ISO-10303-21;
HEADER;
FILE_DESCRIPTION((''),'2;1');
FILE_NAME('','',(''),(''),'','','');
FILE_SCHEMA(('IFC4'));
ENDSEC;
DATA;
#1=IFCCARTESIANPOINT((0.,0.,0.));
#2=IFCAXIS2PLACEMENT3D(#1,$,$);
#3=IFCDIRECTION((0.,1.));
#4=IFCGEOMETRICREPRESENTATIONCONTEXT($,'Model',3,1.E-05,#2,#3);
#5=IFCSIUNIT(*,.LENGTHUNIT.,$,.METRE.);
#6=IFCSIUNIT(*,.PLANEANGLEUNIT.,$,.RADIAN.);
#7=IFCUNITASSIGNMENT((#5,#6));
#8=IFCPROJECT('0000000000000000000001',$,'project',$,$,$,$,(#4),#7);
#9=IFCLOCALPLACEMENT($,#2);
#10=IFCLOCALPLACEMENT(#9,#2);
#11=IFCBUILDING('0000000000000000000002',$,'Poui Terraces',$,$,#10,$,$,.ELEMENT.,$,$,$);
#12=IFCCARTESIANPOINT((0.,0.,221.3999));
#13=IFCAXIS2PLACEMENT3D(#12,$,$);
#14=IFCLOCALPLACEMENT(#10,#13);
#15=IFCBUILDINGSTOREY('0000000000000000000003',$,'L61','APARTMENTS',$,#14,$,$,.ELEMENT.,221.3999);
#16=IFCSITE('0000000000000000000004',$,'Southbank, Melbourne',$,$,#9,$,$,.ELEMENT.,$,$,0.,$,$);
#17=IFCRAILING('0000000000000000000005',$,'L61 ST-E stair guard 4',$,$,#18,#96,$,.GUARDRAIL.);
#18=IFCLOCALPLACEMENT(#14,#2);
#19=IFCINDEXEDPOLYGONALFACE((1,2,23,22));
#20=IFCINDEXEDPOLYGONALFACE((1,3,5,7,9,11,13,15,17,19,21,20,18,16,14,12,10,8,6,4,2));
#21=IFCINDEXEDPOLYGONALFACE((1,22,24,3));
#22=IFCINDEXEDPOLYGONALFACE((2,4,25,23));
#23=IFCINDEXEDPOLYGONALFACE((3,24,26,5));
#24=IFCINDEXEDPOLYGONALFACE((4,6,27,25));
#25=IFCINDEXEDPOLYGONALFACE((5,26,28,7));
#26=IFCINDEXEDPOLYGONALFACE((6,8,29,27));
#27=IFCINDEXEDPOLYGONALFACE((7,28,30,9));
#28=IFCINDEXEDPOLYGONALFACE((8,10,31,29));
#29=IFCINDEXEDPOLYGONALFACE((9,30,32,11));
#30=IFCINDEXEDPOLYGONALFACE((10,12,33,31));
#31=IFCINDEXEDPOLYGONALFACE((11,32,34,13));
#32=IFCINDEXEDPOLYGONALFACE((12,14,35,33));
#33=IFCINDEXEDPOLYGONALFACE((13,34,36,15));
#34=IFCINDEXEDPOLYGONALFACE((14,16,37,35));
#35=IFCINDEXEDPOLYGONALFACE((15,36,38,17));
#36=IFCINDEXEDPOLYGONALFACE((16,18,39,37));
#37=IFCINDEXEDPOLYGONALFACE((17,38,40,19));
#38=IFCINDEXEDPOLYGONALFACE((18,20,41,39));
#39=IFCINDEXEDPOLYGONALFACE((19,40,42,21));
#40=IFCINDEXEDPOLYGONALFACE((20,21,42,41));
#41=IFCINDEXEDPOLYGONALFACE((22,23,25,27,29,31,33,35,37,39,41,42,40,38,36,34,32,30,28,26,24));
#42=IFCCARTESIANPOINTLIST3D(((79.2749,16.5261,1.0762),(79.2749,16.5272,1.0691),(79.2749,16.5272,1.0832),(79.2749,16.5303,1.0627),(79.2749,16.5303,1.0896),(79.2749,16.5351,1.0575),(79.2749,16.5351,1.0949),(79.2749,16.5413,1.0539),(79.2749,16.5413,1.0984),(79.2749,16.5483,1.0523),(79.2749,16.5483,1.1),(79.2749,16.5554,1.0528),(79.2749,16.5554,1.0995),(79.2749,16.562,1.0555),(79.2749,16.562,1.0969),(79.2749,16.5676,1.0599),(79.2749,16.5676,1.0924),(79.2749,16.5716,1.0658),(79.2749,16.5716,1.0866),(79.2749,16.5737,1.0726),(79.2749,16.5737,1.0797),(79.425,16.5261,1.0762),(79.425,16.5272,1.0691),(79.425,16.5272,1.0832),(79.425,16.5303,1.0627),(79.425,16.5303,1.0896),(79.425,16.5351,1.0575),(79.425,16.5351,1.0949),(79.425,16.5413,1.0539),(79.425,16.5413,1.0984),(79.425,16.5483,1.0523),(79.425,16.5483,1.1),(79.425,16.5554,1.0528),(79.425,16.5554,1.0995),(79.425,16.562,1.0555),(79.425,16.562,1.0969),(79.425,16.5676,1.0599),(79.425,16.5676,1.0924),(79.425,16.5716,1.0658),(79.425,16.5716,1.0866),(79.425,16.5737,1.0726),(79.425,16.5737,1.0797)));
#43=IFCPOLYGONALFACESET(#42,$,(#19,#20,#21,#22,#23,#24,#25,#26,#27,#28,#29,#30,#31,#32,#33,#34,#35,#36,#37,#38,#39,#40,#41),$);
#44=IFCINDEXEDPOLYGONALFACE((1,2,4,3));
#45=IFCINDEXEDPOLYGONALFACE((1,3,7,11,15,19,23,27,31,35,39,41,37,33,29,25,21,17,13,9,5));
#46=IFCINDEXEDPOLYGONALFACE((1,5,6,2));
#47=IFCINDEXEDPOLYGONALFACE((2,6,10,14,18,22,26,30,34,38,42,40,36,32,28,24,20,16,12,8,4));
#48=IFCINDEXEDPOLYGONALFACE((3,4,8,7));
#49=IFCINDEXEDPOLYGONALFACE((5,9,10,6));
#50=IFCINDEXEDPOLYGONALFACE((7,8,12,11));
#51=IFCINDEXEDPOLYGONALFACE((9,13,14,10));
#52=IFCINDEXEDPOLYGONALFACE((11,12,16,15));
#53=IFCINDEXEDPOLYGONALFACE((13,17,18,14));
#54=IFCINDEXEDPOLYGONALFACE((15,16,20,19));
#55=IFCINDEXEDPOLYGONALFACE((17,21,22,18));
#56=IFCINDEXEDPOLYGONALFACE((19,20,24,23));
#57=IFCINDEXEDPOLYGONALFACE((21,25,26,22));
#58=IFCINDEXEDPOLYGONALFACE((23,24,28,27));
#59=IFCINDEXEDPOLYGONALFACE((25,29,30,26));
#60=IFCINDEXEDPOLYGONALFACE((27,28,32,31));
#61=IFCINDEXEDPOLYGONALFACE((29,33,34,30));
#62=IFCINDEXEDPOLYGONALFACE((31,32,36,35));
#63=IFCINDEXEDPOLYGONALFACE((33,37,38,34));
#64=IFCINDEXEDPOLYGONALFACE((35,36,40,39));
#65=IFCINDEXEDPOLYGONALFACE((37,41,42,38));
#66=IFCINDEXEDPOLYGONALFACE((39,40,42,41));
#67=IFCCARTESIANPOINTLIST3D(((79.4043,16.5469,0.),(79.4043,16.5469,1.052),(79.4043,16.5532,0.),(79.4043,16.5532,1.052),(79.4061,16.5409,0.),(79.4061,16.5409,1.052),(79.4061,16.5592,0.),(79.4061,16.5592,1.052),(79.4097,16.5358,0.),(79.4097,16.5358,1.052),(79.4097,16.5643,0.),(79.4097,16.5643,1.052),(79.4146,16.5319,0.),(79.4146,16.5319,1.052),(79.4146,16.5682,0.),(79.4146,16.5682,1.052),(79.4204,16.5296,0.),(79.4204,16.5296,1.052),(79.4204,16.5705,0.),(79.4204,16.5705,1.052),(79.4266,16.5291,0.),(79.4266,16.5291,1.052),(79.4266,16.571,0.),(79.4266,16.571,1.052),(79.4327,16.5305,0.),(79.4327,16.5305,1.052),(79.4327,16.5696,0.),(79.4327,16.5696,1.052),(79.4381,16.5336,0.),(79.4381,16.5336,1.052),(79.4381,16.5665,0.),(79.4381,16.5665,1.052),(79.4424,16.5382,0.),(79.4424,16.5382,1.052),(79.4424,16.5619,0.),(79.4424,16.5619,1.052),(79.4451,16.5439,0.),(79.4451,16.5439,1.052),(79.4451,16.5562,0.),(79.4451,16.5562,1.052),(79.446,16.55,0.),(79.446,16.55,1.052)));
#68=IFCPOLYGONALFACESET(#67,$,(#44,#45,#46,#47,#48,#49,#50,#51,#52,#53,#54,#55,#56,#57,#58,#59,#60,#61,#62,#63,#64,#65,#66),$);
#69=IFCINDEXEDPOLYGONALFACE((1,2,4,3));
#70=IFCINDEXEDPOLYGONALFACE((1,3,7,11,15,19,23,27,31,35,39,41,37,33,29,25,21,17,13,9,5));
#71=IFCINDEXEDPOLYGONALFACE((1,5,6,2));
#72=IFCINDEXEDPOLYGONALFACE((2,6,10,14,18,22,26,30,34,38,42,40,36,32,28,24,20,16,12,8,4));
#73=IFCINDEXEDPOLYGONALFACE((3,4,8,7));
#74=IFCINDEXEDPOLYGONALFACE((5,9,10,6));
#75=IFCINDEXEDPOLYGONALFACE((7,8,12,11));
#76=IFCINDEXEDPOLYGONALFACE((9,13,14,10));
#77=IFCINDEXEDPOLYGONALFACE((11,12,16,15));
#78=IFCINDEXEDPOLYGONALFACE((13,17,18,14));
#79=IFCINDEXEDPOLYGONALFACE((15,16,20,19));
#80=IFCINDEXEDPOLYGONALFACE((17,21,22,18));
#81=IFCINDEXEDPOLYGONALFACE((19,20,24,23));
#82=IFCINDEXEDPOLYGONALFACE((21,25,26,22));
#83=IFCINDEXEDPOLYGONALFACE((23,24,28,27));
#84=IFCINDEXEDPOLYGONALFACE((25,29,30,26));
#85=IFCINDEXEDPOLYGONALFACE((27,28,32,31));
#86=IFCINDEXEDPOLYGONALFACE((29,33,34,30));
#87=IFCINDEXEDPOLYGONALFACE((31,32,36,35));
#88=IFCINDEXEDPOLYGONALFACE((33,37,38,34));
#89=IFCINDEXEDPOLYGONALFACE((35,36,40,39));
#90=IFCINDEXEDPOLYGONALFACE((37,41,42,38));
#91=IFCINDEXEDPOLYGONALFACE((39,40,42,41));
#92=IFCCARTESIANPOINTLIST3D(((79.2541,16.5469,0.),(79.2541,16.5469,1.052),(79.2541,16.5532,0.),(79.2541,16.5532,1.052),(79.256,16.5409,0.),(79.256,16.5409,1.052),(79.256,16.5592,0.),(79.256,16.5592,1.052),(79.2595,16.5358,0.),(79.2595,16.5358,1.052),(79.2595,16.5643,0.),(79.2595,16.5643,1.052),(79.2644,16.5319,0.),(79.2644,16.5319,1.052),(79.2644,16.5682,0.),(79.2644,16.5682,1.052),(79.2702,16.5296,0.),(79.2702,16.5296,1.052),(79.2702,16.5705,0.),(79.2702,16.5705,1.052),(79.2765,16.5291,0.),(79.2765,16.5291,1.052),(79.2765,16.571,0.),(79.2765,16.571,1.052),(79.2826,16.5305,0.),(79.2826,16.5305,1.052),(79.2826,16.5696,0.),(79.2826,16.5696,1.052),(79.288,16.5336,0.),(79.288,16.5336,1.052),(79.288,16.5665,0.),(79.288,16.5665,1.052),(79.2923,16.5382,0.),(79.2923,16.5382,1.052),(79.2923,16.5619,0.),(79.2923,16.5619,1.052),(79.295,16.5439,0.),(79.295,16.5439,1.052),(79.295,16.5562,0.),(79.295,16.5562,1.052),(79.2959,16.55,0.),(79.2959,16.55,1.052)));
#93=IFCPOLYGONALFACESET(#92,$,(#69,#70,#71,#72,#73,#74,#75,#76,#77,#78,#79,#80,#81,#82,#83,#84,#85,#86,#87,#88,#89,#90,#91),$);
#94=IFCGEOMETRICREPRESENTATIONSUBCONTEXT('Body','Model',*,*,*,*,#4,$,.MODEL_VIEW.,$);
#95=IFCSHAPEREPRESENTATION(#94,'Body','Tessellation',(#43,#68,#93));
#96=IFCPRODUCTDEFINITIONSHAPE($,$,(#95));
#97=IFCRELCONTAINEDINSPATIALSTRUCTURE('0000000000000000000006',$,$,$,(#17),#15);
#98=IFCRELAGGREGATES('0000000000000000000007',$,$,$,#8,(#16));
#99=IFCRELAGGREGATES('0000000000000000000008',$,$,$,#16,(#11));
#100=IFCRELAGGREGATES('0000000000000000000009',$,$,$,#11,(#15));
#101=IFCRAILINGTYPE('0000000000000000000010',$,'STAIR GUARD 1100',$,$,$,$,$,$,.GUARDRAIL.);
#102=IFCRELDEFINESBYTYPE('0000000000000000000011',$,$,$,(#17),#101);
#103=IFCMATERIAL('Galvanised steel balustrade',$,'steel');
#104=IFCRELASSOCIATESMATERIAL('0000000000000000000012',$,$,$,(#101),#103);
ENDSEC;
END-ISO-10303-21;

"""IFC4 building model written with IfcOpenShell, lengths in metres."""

from ifc_helpers import new_model, si_unit, direction, frame, origin, origin_2d, place, context, subcontext, project, spatial, circle, extrude, material, type_object, element, save


model = new_model("IFC4")

# Units and contexts
model_context = context("Model", 3, precision=1e-05, world=origin(), true_north=direction((0.0, 1.0)))
body_context = subcontext(model_context, "Body", "Model", "MODEL_VIEW")
ifc_project = project(units=[si_unit("LENGTHUNIT", "METRE"), si_unit("PLANEANGLEUNIT", "RADIAN")], contexts=[model_context])

# Site, building, storey
site_placement = place(None, origin())
site = spatial("IfcSite", under=ifc_project, at=site_placement, Name="Southbank, Melbourne", CompositionType="ELEMENT", RefElevation=0.0)
building_placement = place(site_placement, origin())
building = spatial("IfcBuilding", under=site, at=building_placement, Name="Poui Terraces", CompositionType="ELEMENT")
storey_placement = place(building_placement, frame((0.0, 0.0, 221.3999)))
storey = spatial("IfcBuildingStorey", under=building, at=storey_placement, Name="L61", Description="APARTMENTS", CompositionType="ELEMENT", Elevation=221.3999)

# Railing
ifc_material_1 = material(Name="Galvanised steel balustrade", Category="steel")
railing_type_1 = type_object("IfcRailingType", Name="STAIR GUARD 1100", PredefinedType="GUARDRAIL", material=ifc_material_1)
railing_1_placement = place(storey_placement, frame((79.425, 16.55, 0.0)))
element("IfcRailing", 1, at=railing_1_placement, inside=storey, type_object=railing_type_1, Name="L61 ST-E stair guard 4", PredefinedType="GUARDRAIL", context=body_context, shape_type="SweptSolid", body=[
    extrude(circle(Radius=0.0239, at=origin_2d()), frame((0.0, 0.0, 1.0762), z_axis=(-1.0, 0.0, 0.0), x_axis=(0.0, -1.0, 0.0)), (0.0, 0.0, 1.0), 0.1501),
    extrude(circle(Radius=0.021, at=origin_2d()), origin(), (0.0, 0.0, 1.0), 1.052),
    extrude(circle(Radius=0.021, at=origin_2d()), frame((-0.1501, 0.0, 0.0)), (0.0, 0.0, 1.0), 1.052),
])

save(model, "model.ifc")
